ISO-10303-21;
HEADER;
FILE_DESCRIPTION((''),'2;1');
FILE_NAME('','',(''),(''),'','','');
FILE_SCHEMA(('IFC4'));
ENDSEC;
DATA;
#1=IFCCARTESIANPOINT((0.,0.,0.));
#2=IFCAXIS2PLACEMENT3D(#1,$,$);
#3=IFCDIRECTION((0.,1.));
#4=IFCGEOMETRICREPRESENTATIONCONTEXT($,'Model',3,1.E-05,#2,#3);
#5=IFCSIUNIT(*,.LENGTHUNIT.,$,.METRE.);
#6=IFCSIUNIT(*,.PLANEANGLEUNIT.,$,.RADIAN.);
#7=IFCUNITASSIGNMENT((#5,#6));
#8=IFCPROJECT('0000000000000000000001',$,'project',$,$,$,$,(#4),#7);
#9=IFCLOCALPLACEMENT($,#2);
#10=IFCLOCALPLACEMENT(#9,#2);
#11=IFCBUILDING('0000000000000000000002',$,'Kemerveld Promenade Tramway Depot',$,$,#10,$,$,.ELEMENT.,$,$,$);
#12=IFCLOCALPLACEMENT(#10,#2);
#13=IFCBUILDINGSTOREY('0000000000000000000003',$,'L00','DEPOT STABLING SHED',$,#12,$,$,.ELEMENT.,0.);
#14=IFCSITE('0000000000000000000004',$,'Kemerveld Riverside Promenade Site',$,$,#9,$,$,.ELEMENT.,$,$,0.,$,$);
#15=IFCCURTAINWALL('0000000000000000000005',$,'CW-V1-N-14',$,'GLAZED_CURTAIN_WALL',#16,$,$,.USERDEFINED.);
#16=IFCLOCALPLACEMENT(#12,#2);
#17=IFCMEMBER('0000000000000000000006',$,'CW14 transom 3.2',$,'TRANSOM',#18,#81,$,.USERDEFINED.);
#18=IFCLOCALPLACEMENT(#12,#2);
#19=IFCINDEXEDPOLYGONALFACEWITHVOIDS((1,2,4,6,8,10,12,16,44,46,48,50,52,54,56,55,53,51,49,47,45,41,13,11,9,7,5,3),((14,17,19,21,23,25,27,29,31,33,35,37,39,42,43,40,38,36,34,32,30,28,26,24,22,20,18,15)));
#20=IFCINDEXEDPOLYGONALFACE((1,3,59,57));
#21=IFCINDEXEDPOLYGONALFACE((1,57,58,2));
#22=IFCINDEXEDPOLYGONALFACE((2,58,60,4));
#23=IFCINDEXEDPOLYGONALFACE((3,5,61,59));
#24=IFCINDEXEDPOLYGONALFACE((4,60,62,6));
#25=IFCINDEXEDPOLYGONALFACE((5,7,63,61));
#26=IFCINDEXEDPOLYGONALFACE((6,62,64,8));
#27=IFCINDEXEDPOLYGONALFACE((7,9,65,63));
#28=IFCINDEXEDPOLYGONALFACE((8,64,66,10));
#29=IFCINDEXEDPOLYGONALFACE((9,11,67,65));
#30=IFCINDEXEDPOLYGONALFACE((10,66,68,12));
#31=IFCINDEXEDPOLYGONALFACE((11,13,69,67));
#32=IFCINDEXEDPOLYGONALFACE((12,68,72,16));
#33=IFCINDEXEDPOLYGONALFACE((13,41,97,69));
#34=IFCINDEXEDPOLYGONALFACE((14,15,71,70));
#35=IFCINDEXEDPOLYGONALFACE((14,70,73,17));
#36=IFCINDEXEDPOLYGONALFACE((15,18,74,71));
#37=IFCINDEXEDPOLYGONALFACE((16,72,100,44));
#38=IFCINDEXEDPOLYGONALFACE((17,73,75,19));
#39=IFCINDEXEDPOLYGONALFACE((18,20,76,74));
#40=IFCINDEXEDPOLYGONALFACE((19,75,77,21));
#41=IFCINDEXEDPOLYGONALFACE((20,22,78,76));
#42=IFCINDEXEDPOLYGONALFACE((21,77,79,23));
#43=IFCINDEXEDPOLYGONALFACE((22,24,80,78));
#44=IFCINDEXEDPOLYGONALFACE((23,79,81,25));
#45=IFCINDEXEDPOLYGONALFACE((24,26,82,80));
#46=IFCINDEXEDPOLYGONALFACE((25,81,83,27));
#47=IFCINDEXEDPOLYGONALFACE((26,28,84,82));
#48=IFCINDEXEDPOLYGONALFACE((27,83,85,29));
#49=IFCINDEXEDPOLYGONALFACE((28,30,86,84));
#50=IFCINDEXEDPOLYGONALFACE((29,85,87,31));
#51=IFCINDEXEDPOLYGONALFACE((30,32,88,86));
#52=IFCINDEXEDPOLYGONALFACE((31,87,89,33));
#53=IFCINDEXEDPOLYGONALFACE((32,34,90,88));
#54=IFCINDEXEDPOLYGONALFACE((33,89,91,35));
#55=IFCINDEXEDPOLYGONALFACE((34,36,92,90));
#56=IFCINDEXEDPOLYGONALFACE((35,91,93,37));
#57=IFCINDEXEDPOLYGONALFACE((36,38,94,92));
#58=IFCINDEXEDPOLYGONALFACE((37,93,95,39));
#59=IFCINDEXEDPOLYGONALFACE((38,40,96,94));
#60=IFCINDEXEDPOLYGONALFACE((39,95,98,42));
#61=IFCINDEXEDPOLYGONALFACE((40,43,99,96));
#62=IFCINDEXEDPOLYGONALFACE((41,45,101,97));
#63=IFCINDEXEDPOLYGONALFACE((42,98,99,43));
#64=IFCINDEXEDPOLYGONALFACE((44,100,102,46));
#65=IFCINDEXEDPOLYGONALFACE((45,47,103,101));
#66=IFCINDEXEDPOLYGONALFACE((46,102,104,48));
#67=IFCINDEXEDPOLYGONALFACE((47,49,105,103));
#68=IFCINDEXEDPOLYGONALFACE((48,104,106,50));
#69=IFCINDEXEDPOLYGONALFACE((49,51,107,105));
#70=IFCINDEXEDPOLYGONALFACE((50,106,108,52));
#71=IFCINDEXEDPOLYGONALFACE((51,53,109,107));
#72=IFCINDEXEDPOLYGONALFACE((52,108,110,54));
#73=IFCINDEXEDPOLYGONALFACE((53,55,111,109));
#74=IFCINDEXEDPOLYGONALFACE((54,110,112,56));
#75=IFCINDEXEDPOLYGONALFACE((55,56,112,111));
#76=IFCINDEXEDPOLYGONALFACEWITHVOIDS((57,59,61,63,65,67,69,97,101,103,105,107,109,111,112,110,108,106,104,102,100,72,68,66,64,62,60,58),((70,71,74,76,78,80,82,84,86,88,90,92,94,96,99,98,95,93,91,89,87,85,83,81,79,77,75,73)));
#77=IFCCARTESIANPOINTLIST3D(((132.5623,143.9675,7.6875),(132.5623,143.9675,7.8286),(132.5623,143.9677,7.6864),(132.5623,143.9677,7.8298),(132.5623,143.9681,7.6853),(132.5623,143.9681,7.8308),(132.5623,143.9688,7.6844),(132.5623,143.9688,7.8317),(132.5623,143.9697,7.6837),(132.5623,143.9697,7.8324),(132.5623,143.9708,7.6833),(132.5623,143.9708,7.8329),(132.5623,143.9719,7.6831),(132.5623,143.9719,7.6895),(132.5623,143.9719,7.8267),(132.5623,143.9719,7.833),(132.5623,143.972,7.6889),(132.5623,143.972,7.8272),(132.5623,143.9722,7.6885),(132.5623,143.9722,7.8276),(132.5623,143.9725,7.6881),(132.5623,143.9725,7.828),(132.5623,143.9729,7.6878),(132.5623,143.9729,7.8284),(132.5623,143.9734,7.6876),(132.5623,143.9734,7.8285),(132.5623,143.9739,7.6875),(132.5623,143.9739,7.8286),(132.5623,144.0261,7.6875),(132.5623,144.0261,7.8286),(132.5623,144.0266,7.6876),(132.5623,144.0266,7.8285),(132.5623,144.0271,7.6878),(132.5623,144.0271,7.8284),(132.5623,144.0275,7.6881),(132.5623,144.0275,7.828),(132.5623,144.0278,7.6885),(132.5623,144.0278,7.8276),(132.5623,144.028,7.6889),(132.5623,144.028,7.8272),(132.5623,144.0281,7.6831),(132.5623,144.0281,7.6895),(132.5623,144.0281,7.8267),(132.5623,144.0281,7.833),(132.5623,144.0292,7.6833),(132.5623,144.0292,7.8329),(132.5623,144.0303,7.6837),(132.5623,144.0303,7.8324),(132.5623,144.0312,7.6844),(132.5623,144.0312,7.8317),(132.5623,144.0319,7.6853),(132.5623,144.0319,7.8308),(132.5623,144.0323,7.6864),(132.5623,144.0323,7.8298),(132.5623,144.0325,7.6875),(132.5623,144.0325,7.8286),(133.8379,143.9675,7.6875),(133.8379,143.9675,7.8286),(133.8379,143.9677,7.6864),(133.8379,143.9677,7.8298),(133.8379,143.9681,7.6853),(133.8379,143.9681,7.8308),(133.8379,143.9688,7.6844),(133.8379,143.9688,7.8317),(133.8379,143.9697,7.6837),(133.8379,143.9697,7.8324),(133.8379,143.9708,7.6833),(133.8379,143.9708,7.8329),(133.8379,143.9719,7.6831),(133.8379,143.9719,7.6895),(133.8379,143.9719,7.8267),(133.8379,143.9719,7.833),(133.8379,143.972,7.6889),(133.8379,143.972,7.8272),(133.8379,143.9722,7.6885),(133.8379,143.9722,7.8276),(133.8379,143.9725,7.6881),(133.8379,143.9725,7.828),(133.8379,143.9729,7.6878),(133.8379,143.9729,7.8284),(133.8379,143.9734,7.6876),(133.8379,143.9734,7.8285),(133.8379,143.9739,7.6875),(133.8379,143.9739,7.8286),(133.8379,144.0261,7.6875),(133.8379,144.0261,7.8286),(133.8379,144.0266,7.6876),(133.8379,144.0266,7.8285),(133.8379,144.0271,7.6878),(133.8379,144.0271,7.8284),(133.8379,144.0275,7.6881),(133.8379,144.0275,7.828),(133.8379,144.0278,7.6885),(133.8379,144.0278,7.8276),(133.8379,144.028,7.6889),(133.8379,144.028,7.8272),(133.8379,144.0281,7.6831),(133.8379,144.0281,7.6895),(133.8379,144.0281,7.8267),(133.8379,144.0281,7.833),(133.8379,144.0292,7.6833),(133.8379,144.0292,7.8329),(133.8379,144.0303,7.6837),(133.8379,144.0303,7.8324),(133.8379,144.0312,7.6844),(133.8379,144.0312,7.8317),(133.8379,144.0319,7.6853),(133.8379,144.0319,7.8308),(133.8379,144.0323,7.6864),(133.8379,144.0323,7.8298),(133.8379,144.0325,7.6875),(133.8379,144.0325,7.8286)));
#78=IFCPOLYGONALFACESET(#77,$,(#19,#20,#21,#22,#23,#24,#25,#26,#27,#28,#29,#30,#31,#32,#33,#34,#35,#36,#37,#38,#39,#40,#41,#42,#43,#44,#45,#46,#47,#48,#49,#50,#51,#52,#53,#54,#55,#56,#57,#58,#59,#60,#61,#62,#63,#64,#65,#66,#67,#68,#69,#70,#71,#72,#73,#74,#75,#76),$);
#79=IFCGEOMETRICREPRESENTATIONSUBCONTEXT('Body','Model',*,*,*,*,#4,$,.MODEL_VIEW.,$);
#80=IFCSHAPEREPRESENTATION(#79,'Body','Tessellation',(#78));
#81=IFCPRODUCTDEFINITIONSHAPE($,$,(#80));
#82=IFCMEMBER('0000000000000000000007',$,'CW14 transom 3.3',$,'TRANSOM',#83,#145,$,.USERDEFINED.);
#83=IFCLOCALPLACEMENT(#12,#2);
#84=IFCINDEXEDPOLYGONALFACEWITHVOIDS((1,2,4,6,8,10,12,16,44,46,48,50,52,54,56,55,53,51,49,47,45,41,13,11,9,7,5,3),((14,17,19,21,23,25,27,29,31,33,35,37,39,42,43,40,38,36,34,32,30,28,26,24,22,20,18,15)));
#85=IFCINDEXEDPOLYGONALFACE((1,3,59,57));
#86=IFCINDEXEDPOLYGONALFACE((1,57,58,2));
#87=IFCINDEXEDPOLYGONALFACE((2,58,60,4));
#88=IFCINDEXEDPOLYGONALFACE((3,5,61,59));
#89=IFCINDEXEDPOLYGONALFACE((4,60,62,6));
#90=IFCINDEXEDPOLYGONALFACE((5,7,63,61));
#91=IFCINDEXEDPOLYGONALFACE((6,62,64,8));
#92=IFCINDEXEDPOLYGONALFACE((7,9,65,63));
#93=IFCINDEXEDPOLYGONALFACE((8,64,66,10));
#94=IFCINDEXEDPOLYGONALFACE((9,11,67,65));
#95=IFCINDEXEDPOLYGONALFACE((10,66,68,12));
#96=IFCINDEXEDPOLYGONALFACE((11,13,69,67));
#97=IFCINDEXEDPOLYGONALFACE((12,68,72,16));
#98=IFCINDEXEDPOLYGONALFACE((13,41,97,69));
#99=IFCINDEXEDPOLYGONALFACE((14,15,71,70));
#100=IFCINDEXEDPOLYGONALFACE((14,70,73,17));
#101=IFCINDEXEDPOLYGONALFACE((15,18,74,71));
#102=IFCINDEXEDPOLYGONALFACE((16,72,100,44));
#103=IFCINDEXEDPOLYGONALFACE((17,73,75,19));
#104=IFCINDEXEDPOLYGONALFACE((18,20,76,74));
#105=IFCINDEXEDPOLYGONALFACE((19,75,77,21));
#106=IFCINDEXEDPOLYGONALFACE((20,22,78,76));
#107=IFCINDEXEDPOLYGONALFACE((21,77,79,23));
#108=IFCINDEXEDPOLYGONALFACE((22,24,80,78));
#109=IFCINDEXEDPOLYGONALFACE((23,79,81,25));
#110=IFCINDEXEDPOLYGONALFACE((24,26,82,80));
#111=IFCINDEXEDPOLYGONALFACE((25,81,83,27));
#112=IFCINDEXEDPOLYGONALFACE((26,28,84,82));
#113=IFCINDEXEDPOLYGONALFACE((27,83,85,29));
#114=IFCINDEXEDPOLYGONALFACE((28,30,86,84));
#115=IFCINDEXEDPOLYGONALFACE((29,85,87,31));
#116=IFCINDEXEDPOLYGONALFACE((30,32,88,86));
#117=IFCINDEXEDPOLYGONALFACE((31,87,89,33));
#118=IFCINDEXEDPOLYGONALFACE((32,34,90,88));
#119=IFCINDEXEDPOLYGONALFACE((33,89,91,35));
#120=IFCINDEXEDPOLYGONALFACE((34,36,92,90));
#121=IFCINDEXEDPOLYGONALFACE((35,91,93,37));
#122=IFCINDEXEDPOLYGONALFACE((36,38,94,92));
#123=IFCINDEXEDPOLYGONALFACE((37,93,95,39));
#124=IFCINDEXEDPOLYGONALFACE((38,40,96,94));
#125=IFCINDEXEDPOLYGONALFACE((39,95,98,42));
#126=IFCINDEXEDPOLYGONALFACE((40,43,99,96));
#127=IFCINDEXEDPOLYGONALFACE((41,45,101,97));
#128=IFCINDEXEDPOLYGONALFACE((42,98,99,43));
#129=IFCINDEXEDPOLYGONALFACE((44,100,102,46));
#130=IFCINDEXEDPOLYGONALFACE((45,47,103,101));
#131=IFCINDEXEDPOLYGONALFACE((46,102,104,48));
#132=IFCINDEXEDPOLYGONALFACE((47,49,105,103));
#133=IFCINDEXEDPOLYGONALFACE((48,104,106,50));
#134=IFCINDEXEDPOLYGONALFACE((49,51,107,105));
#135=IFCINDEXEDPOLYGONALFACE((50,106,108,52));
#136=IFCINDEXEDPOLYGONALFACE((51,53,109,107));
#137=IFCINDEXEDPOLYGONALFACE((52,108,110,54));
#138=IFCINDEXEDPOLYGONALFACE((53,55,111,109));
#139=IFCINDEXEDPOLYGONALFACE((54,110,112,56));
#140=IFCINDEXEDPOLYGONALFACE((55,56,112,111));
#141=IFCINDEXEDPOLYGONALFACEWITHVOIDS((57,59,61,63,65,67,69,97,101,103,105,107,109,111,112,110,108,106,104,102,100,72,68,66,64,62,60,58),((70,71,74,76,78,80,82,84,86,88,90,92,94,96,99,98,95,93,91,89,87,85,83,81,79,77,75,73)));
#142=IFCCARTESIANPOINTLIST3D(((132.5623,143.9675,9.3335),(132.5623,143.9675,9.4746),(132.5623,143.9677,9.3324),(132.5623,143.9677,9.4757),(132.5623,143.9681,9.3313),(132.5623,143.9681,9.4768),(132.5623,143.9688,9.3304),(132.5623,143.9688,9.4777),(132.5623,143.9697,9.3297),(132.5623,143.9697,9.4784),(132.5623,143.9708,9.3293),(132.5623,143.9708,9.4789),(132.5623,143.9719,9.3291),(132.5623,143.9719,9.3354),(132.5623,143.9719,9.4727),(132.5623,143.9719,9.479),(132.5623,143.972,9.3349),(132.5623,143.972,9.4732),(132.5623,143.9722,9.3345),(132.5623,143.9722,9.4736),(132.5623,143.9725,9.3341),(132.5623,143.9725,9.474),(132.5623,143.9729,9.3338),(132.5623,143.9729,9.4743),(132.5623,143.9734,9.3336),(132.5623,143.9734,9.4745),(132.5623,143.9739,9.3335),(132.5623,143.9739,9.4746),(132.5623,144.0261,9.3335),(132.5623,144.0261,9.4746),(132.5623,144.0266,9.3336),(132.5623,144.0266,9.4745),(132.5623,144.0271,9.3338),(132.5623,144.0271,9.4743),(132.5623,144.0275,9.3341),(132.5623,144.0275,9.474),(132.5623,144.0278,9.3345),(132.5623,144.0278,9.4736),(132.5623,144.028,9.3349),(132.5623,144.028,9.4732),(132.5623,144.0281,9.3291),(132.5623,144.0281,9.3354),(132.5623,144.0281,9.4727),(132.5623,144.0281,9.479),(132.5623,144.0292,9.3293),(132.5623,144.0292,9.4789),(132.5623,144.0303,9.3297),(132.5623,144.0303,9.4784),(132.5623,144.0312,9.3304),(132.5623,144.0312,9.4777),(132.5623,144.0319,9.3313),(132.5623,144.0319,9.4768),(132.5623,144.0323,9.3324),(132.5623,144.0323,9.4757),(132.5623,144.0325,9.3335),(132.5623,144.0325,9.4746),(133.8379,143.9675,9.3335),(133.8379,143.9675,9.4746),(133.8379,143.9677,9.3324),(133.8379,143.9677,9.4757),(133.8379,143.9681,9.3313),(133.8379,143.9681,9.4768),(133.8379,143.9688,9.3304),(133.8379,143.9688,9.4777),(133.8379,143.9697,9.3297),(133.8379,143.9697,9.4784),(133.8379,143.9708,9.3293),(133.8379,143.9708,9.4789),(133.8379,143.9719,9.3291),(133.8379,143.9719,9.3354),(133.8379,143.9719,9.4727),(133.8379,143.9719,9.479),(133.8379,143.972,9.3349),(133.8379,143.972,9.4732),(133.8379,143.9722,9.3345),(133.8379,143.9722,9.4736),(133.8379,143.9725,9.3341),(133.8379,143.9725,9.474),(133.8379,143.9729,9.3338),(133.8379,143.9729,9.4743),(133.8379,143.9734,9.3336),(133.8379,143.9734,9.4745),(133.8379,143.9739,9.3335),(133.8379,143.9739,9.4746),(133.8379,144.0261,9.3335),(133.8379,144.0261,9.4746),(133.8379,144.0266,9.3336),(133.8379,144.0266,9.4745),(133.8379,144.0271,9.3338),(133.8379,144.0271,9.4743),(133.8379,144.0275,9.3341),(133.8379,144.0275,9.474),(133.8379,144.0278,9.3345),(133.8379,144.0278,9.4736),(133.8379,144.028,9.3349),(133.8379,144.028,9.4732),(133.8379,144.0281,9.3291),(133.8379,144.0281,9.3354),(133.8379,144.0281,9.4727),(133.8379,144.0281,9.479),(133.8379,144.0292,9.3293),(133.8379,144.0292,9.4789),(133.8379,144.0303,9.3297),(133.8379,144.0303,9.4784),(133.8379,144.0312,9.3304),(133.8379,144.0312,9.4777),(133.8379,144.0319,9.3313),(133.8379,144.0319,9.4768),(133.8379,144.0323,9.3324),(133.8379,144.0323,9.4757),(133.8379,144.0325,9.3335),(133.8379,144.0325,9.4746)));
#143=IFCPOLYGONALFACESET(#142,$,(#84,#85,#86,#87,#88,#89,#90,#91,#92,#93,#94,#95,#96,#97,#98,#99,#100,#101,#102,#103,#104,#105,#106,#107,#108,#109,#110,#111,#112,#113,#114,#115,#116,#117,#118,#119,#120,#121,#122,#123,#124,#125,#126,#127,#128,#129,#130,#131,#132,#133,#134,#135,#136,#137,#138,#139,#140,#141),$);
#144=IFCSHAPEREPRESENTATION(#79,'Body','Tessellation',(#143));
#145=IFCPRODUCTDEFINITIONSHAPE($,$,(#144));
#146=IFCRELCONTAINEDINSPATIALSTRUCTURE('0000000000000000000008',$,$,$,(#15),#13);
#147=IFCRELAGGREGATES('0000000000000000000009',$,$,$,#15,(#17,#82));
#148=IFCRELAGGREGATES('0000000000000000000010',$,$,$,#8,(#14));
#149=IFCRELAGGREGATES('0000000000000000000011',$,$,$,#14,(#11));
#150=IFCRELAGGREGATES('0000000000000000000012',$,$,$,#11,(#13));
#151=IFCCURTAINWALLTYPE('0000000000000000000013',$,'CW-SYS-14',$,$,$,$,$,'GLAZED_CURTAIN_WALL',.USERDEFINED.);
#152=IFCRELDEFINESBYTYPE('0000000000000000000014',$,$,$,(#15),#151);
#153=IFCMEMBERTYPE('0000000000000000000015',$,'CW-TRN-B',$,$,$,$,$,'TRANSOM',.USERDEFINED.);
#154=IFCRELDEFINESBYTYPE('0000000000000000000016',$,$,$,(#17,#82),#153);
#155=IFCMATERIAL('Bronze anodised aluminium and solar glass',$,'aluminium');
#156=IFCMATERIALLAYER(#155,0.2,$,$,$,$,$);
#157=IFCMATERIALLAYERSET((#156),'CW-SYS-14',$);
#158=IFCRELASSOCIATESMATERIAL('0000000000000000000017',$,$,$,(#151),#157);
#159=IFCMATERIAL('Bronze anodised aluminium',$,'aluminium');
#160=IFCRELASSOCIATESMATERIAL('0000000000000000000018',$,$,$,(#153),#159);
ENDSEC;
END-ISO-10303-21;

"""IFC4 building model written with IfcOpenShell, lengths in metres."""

from ifc_helpers import new_model, si_unit, direction, frame, origin, origin_2d, place, context, subcontext, project, spatial, hollow_rectangle, extrude, material, layer, layer_set, material_profile, profile_set, type_object, element, aggregate, save


model = new_model("IFC4")

# Units and contexts
model_context = context("Model", 3, precision=1e-05, world=origin(), true_north=direction((0.0, 1.0)))
body_context = subcontext(model_context, "Body", "Model", "MODEL_VIEW")
ifc_project = project(units=[si_unit("LENGTHUNIT", "METRE"), si_unit("PLANEANGLEUNIT", "RADIAN")], contexts=[model_context])

# Site, building, storey
site_placement = place(None, origin())
site = spatial("IfcSite", under=ifc_project, at=site_placement, Name="Kemerveld Riverside Promenade Site", CompositionType="ELEMENT", RefElevation=0.0)
building_placement = place(site_placement, origin())
building = spatial("IfcBuilding", under=site, at=building_placement, Name="Kemerveld Promenade Tramway Depot", CompositionType="ELEMENT")
storey_placement = place(building_placement, origin())
storey = spatial("IfcBuildingStorey", under=building, at=storey_placement, Name="L00", Description="DEPOT STABLING SHED", CompositionType="ELEMENT", Elevation=0.0)

# Curtain wall, members
ifc_material_1 = material(Name="Bronze anodised aluminium and solar glass", Category="aluminium")
ifc_layer_1 = layer(ifc_material_1, 0.2)
ifc_layer_set_1 = layer_set([ifc_layer_1], Name="CW-SYS-14")
curtain_wall_type = type_object("IfcCurtainWallType", Name="CW-SYS-14", ElementType="GLAZED_CURTAIN_WALL", PredefinedType="USERDEFINED", material=ifc_layer_set_1)
curtain_wall_placement = place(storey_placement, origin())
curtain_wall = element("IfcCurtainWall", 1, at=curtain_wall_placement, inside=storey, type_object=curtain_wall_type, Name="CW-V1-N-14", ObjectType="GLAZED_CURTAIN_WALL", PredefinedType="USERDEFINED")
ifc_material_2 = material(Name="Bronze anodised aluminium", Category="aluminium")
ifc_material_profile_1 = material_profile(ifc_material_2, hollow_rectangle(XDim=0.0649, YDim=0.1499, WallThickness=0.0044, InnerFilletRadius=0.002, OuterFilletRadius=0.0044, at=origin_2d()), Name="CW-TRN-150x65")
ifc_profile_set_1 = profile_set([ifc_material_profile_1], Name="Bronze anodised aluminium")
member_type_1 = type_object("IfcMemberType", Name="CW-TRN-B", ElementType="TRANSOM", PredefinedType="USERDEFINED", material=ifc_profile_set_1)
member_1_placement = place(storey_placement, frame((132.5623, 144.0, 7.7581), z_axis=(1.0, 0.0, 0.0), x_axis=(0.0, 1.0, 0.0)))
member_1 = element("IfcMember", 2, at=member_1_placement, type_object=member_type_1, Name="CW14 transom 3.2", ObjectType="TRANSOM", PredefinedType="USERDEFINED", context=body_context, shape_type="SweptSolid", body=[
    extrude(hollow_rectangle(XDim=0.0649, YDim=0.1499, WallThickness=0.0044, InnerFilletRadius=0.002, OuterFilletRadius=0.0044, at=origin_2d()), origin(), (0.0, 0.0, 1.0), 1.2756),
])
member_2_placement = place(storey_placement, frame((132.5623, 144.0, 9.4041), z_axis=(1.0, 0.0, 0.0), x_axis=(0.0, 1.0, 0.0)))
member_2 = element("IfcMember", 3, at=member_2_placement, type_object=member_type_1, Name="CW14 transom 3.3", ObjectType="TRANSOM", PredefinedType="USERDEFINED", context=body_context, shape_type="SweptSolid", body=[
    extrude(hollow_rectangle(XDim=0.0649, YDim=0.1499, WallThickness=0.0044, InnerFilletRadius=0.002, OuterFilletRadius=0.0044, at=origin_2d()), origin(), (0.0, 0.0, 1.0), 1.2756),
])

aggregate(curtain_wall, [member_1, member_2])

save(model, "model.ifc")
